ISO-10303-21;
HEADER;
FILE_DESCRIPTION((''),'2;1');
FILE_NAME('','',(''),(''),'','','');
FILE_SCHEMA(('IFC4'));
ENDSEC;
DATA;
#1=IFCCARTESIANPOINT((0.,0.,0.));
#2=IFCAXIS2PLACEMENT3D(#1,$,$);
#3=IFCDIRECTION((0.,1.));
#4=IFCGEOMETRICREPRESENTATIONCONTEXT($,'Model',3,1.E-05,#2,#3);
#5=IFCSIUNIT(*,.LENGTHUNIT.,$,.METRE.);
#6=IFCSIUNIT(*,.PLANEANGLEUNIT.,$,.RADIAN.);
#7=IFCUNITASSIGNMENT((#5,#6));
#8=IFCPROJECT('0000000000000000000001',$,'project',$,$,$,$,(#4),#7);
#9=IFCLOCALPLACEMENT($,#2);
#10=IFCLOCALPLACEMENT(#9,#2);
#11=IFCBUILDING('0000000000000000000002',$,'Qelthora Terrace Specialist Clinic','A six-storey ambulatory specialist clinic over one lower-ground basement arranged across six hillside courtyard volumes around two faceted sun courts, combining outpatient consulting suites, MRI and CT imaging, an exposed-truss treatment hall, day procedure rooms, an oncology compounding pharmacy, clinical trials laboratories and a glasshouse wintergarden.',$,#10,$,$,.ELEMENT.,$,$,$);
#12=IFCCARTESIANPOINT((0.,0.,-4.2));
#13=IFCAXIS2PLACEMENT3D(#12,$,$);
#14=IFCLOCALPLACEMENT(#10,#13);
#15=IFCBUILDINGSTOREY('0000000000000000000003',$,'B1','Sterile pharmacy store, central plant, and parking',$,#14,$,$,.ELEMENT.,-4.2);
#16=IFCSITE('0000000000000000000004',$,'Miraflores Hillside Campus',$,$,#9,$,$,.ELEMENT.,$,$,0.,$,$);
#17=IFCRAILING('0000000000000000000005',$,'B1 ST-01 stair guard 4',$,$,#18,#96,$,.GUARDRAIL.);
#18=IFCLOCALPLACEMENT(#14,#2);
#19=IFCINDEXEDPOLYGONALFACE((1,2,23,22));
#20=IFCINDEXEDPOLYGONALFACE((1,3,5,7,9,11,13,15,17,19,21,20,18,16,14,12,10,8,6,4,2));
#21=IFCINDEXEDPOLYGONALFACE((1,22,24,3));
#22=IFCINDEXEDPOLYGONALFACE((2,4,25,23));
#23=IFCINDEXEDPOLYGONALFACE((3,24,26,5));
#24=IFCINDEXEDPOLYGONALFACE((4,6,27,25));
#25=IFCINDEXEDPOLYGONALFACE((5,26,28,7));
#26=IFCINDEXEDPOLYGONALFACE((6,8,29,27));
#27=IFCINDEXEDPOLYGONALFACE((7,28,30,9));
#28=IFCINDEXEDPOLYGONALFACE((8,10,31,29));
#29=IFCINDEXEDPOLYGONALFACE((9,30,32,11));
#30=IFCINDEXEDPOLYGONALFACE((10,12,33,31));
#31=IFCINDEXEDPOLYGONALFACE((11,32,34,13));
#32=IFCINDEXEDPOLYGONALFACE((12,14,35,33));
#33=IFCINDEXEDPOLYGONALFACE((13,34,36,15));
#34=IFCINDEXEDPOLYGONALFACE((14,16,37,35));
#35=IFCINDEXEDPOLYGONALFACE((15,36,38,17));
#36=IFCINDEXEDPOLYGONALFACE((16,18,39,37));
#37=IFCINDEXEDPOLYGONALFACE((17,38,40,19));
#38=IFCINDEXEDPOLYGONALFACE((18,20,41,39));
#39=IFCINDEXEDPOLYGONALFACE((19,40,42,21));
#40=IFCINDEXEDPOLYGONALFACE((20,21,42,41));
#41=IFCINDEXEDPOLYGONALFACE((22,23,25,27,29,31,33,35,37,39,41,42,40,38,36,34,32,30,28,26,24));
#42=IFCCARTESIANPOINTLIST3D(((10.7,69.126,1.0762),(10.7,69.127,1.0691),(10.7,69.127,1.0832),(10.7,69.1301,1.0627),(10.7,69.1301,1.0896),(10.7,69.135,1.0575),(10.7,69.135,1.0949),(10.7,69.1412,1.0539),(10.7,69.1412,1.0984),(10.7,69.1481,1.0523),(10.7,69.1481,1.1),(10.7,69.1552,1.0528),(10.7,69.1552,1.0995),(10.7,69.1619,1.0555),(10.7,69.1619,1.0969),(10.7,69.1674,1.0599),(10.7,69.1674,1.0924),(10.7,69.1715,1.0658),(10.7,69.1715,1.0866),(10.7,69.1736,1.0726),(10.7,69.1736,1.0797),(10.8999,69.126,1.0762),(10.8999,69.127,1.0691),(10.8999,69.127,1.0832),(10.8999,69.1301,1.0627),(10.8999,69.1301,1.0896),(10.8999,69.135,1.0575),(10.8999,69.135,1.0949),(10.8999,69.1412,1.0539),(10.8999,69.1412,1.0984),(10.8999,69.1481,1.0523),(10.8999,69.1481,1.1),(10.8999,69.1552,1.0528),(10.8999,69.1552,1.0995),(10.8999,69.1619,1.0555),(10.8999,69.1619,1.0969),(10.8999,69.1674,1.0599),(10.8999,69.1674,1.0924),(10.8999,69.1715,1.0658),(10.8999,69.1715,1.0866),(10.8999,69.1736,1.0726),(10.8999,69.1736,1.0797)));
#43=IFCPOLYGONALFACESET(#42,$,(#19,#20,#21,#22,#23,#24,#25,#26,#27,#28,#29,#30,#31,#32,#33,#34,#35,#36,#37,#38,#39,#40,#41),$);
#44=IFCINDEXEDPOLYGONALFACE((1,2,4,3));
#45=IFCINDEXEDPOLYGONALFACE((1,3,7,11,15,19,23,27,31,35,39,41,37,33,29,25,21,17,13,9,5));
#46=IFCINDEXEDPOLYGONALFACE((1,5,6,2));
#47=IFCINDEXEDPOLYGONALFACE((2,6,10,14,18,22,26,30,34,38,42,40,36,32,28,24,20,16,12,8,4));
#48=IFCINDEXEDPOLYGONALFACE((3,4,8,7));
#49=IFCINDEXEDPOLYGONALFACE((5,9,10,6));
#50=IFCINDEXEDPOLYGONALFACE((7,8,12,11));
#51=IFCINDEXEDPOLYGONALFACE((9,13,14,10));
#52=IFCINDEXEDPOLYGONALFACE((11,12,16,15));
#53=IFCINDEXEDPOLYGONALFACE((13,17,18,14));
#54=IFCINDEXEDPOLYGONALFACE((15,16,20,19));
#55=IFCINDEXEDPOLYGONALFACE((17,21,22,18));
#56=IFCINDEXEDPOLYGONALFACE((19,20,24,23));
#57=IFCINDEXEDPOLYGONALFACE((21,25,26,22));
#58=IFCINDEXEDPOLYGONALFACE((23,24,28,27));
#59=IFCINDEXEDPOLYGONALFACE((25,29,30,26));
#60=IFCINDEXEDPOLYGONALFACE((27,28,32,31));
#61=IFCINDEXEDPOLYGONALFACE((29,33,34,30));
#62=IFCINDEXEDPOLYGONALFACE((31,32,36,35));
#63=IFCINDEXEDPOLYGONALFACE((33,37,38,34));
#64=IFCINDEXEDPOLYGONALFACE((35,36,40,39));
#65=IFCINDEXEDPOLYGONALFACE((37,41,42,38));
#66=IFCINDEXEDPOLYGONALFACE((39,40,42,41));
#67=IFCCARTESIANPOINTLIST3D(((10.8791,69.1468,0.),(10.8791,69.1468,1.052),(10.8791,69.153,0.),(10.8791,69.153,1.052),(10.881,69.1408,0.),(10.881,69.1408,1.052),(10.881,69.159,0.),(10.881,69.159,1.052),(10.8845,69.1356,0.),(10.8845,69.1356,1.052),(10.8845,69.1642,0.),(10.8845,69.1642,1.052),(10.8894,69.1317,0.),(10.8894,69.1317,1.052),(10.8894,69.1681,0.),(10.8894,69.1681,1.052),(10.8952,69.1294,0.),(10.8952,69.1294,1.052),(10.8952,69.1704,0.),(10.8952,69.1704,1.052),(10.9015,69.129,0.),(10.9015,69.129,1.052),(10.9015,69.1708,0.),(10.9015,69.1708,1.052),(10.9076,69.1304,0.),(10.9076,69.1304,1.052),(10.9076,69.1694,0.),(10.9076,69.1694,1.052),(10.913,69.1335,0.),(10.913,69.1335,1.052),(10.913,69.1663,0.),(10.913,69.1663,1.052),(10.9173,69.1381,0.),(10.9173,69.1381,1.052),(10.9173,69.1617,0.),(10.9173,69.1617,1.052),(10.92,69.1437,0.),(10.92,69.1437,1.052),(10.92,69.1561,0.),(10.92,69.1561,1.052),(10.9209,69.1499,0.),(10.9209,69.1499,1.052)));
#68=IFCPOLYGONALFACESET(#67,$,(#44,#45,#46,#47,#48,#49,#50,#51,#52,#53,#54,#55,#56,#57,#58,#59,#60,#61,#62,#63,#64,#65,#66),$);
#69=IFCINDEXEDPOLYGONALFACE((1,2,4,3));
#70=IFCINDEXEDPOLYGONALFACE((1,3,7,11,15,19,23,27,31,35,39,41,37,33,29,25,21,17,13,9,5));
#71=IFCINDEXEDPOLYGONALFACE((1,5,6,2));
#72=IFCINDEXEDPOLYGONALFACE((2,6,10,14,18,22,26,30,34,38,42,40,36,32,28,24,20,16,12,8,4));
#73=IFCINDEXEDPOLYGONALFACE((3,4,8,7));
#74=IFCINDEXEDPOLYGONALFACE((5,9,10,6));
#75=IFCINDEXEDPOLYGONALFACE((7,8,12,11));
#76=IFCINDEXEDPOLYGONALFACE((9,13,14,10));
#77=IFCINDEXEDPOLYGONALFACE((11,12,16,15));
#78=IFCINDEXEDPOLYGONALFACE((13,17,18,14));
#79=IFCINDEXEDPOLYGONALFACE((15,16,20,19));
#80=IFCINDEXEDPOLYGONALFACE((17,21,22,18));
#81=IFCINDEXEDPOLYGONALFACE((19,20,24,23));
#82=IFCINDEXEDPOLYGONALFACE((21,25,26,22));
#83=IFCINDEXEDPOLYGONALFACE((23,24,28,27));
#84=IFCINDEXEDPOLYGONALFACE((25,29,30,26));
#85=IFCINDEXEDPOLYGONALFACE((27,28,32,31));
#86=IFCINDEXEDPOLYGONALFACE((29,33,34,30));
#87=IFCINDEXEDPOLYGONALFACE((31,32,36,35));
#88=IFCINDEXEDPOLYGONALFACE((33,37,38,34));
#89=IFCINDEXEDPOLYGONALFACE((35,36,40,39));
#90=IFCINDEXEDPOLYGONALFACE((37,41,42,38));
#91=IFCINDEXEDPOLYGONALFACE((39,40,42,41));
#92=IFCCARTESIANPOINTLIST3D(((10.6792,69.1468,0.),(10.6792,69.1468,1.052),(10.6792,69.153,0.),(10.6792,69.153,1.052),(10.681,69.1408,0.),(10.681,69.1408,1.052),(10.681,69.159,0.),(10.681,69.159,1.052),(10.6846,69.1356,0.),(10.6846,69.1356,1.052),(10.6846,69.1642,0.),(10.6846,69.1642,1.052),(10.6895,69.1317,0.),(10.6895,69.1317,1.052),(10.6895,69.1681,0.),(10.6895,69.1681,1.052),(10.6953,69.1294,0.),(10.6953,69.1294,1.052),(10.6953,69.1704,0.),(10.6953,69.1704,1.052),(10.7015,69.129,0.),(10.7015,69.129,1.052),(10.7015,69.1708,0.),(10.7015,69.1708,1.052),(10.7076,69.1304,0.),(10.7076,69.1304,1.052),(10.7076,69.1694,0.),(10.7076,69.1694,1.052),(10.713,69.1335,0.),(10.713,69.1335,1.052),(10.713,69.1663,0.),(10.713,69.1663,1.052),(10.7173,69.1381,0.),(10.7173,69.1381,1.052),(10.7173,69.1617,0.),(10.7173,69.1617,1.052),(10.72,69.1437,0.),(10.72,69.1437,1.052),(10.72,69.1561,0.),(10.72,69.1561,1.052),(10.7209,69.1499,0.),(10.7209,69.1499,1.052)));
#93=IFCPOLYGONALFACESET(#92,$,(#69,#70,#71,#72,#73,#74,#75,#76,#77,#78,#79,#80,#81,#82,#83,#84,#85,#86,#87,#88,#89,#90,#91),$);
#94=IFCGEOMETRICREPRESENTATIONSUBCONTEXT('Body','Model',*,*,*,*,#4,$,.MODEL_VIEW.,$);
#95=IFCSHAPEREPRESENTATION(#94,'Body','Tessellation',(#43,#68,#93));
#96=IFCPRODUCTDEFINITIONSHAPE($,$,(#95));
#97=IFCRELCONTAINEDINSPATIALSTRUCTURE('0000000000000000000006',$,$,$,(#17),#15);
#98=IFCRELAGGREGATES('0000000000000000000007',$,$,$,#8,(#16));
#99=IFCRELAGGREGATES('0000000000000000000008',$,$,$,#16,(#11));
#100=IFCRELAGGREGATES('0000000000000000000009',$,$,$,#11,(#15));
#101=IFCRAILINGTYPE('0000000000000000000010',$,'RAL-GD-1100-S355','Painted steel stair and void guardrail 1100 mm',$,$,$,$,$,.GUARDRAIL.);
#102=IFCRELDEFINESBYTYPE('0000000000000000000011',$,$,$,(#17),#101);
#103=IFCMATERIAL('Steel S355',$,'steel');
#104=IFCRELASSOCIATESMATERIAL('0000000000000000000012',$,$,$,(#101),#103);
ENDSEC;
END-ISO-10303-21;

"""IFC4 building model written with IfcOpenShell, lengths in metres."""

from ifc_helpers import new_model, si_unit, direction, frame, origin, origin_2d, place, context, subcontext, project, spatial, circle, extrude, material, type_object, element, save


model = new_model("IFC4")

# Units and contexts
model_context = context("Model", 3, precision=1e-05, world=origin(), true_north=direction((0.0, 1.0)))
body_context = subcontext(model_context, "Body", "Model", "MODEL_VIEW")
ifc_project = project(units=[si_unit("LENGTHUNIT", "METRE"), si_unit("PLANEANGLEUNIT", "RADIAN")], contexts=[model_context])

# Site, building, storey
site_placement = place(None, origin())
site = spatial("IfcSite", under=ifc_project, at=site_placement, Name="Miraflores Hillside Campus", CompositionType="ELEMENT", RefElevation=0.0)
building_placement = place(site_placement, origin())
building = spatial("IfcBuilding", under=site, at=building_placement, Name="Qelthora Terrace Specialist Clinic", Description="A six-storey ambulatory specialist clinic over one lower-ground basement arranged across six hillside courtyard volumes around two faceted sun courts, combining outpatient consulting suites, MRI and CT imaging, an exposed-truss treatment hall, day procedure rooms, an oncology compounding pharmacy, clinical trials laboratories and a glasshouse wintergarden.", CompositionType="ELEMENT")
storey_placement = place(building_placement, frame((0.0, 0.0, -4.2)))
storey = spatial("IfcBuildingStorey", under=building, at=storey_placement, Name="B1", Description="Sterile pharmacy store, central plant, and parking", CompositionType="ELEMENT", Elevation=-4.2)

# Shared definitions
ifc_material_1 = material(Name="Steel S355", Category="steel")

# Railing
railing_type_1 = type_object("IfcRailingType", Name="RAL-GD-1100-S355", Description="Painted steel stair and void guardrail 1100 mm", PredefinedType="GUARDRAIL", material=ifc_material_1)
railing_1_placement = place(storey_placement, frame((10.8999, 69.1499, 0.0)))
element("IfcRailing", 1, at=railing_1_placement, inside=storey, type_object=railing_type_1, Name="B1 ST-01 stair guard 4", PredefinedType="GUARDRAIL", context=body_context, shape_type="SweptSolid", body=[
    extrude(circle(Radius=0.0239, at=origin_2d()), frame((0.0, 0.0, 1.0762), z_axis=(-1.0, 0.0, 0.0), x_axis=(0.0, -1.0, 0.0)), (0.0, 0.0, 1.0), 0.2),
    extrude(circle(Radius=0.021, at=origin_2d()), origin(), (0.0, 0.0, 1.0), 1.052),
    extrude(circle(Radius=0.021, at=origin_2d()), frame((-0.2, 0.0, 0.0)), (0.0, 0.0, 1.0), 1.052),
])

save(model, "model.ifc")
